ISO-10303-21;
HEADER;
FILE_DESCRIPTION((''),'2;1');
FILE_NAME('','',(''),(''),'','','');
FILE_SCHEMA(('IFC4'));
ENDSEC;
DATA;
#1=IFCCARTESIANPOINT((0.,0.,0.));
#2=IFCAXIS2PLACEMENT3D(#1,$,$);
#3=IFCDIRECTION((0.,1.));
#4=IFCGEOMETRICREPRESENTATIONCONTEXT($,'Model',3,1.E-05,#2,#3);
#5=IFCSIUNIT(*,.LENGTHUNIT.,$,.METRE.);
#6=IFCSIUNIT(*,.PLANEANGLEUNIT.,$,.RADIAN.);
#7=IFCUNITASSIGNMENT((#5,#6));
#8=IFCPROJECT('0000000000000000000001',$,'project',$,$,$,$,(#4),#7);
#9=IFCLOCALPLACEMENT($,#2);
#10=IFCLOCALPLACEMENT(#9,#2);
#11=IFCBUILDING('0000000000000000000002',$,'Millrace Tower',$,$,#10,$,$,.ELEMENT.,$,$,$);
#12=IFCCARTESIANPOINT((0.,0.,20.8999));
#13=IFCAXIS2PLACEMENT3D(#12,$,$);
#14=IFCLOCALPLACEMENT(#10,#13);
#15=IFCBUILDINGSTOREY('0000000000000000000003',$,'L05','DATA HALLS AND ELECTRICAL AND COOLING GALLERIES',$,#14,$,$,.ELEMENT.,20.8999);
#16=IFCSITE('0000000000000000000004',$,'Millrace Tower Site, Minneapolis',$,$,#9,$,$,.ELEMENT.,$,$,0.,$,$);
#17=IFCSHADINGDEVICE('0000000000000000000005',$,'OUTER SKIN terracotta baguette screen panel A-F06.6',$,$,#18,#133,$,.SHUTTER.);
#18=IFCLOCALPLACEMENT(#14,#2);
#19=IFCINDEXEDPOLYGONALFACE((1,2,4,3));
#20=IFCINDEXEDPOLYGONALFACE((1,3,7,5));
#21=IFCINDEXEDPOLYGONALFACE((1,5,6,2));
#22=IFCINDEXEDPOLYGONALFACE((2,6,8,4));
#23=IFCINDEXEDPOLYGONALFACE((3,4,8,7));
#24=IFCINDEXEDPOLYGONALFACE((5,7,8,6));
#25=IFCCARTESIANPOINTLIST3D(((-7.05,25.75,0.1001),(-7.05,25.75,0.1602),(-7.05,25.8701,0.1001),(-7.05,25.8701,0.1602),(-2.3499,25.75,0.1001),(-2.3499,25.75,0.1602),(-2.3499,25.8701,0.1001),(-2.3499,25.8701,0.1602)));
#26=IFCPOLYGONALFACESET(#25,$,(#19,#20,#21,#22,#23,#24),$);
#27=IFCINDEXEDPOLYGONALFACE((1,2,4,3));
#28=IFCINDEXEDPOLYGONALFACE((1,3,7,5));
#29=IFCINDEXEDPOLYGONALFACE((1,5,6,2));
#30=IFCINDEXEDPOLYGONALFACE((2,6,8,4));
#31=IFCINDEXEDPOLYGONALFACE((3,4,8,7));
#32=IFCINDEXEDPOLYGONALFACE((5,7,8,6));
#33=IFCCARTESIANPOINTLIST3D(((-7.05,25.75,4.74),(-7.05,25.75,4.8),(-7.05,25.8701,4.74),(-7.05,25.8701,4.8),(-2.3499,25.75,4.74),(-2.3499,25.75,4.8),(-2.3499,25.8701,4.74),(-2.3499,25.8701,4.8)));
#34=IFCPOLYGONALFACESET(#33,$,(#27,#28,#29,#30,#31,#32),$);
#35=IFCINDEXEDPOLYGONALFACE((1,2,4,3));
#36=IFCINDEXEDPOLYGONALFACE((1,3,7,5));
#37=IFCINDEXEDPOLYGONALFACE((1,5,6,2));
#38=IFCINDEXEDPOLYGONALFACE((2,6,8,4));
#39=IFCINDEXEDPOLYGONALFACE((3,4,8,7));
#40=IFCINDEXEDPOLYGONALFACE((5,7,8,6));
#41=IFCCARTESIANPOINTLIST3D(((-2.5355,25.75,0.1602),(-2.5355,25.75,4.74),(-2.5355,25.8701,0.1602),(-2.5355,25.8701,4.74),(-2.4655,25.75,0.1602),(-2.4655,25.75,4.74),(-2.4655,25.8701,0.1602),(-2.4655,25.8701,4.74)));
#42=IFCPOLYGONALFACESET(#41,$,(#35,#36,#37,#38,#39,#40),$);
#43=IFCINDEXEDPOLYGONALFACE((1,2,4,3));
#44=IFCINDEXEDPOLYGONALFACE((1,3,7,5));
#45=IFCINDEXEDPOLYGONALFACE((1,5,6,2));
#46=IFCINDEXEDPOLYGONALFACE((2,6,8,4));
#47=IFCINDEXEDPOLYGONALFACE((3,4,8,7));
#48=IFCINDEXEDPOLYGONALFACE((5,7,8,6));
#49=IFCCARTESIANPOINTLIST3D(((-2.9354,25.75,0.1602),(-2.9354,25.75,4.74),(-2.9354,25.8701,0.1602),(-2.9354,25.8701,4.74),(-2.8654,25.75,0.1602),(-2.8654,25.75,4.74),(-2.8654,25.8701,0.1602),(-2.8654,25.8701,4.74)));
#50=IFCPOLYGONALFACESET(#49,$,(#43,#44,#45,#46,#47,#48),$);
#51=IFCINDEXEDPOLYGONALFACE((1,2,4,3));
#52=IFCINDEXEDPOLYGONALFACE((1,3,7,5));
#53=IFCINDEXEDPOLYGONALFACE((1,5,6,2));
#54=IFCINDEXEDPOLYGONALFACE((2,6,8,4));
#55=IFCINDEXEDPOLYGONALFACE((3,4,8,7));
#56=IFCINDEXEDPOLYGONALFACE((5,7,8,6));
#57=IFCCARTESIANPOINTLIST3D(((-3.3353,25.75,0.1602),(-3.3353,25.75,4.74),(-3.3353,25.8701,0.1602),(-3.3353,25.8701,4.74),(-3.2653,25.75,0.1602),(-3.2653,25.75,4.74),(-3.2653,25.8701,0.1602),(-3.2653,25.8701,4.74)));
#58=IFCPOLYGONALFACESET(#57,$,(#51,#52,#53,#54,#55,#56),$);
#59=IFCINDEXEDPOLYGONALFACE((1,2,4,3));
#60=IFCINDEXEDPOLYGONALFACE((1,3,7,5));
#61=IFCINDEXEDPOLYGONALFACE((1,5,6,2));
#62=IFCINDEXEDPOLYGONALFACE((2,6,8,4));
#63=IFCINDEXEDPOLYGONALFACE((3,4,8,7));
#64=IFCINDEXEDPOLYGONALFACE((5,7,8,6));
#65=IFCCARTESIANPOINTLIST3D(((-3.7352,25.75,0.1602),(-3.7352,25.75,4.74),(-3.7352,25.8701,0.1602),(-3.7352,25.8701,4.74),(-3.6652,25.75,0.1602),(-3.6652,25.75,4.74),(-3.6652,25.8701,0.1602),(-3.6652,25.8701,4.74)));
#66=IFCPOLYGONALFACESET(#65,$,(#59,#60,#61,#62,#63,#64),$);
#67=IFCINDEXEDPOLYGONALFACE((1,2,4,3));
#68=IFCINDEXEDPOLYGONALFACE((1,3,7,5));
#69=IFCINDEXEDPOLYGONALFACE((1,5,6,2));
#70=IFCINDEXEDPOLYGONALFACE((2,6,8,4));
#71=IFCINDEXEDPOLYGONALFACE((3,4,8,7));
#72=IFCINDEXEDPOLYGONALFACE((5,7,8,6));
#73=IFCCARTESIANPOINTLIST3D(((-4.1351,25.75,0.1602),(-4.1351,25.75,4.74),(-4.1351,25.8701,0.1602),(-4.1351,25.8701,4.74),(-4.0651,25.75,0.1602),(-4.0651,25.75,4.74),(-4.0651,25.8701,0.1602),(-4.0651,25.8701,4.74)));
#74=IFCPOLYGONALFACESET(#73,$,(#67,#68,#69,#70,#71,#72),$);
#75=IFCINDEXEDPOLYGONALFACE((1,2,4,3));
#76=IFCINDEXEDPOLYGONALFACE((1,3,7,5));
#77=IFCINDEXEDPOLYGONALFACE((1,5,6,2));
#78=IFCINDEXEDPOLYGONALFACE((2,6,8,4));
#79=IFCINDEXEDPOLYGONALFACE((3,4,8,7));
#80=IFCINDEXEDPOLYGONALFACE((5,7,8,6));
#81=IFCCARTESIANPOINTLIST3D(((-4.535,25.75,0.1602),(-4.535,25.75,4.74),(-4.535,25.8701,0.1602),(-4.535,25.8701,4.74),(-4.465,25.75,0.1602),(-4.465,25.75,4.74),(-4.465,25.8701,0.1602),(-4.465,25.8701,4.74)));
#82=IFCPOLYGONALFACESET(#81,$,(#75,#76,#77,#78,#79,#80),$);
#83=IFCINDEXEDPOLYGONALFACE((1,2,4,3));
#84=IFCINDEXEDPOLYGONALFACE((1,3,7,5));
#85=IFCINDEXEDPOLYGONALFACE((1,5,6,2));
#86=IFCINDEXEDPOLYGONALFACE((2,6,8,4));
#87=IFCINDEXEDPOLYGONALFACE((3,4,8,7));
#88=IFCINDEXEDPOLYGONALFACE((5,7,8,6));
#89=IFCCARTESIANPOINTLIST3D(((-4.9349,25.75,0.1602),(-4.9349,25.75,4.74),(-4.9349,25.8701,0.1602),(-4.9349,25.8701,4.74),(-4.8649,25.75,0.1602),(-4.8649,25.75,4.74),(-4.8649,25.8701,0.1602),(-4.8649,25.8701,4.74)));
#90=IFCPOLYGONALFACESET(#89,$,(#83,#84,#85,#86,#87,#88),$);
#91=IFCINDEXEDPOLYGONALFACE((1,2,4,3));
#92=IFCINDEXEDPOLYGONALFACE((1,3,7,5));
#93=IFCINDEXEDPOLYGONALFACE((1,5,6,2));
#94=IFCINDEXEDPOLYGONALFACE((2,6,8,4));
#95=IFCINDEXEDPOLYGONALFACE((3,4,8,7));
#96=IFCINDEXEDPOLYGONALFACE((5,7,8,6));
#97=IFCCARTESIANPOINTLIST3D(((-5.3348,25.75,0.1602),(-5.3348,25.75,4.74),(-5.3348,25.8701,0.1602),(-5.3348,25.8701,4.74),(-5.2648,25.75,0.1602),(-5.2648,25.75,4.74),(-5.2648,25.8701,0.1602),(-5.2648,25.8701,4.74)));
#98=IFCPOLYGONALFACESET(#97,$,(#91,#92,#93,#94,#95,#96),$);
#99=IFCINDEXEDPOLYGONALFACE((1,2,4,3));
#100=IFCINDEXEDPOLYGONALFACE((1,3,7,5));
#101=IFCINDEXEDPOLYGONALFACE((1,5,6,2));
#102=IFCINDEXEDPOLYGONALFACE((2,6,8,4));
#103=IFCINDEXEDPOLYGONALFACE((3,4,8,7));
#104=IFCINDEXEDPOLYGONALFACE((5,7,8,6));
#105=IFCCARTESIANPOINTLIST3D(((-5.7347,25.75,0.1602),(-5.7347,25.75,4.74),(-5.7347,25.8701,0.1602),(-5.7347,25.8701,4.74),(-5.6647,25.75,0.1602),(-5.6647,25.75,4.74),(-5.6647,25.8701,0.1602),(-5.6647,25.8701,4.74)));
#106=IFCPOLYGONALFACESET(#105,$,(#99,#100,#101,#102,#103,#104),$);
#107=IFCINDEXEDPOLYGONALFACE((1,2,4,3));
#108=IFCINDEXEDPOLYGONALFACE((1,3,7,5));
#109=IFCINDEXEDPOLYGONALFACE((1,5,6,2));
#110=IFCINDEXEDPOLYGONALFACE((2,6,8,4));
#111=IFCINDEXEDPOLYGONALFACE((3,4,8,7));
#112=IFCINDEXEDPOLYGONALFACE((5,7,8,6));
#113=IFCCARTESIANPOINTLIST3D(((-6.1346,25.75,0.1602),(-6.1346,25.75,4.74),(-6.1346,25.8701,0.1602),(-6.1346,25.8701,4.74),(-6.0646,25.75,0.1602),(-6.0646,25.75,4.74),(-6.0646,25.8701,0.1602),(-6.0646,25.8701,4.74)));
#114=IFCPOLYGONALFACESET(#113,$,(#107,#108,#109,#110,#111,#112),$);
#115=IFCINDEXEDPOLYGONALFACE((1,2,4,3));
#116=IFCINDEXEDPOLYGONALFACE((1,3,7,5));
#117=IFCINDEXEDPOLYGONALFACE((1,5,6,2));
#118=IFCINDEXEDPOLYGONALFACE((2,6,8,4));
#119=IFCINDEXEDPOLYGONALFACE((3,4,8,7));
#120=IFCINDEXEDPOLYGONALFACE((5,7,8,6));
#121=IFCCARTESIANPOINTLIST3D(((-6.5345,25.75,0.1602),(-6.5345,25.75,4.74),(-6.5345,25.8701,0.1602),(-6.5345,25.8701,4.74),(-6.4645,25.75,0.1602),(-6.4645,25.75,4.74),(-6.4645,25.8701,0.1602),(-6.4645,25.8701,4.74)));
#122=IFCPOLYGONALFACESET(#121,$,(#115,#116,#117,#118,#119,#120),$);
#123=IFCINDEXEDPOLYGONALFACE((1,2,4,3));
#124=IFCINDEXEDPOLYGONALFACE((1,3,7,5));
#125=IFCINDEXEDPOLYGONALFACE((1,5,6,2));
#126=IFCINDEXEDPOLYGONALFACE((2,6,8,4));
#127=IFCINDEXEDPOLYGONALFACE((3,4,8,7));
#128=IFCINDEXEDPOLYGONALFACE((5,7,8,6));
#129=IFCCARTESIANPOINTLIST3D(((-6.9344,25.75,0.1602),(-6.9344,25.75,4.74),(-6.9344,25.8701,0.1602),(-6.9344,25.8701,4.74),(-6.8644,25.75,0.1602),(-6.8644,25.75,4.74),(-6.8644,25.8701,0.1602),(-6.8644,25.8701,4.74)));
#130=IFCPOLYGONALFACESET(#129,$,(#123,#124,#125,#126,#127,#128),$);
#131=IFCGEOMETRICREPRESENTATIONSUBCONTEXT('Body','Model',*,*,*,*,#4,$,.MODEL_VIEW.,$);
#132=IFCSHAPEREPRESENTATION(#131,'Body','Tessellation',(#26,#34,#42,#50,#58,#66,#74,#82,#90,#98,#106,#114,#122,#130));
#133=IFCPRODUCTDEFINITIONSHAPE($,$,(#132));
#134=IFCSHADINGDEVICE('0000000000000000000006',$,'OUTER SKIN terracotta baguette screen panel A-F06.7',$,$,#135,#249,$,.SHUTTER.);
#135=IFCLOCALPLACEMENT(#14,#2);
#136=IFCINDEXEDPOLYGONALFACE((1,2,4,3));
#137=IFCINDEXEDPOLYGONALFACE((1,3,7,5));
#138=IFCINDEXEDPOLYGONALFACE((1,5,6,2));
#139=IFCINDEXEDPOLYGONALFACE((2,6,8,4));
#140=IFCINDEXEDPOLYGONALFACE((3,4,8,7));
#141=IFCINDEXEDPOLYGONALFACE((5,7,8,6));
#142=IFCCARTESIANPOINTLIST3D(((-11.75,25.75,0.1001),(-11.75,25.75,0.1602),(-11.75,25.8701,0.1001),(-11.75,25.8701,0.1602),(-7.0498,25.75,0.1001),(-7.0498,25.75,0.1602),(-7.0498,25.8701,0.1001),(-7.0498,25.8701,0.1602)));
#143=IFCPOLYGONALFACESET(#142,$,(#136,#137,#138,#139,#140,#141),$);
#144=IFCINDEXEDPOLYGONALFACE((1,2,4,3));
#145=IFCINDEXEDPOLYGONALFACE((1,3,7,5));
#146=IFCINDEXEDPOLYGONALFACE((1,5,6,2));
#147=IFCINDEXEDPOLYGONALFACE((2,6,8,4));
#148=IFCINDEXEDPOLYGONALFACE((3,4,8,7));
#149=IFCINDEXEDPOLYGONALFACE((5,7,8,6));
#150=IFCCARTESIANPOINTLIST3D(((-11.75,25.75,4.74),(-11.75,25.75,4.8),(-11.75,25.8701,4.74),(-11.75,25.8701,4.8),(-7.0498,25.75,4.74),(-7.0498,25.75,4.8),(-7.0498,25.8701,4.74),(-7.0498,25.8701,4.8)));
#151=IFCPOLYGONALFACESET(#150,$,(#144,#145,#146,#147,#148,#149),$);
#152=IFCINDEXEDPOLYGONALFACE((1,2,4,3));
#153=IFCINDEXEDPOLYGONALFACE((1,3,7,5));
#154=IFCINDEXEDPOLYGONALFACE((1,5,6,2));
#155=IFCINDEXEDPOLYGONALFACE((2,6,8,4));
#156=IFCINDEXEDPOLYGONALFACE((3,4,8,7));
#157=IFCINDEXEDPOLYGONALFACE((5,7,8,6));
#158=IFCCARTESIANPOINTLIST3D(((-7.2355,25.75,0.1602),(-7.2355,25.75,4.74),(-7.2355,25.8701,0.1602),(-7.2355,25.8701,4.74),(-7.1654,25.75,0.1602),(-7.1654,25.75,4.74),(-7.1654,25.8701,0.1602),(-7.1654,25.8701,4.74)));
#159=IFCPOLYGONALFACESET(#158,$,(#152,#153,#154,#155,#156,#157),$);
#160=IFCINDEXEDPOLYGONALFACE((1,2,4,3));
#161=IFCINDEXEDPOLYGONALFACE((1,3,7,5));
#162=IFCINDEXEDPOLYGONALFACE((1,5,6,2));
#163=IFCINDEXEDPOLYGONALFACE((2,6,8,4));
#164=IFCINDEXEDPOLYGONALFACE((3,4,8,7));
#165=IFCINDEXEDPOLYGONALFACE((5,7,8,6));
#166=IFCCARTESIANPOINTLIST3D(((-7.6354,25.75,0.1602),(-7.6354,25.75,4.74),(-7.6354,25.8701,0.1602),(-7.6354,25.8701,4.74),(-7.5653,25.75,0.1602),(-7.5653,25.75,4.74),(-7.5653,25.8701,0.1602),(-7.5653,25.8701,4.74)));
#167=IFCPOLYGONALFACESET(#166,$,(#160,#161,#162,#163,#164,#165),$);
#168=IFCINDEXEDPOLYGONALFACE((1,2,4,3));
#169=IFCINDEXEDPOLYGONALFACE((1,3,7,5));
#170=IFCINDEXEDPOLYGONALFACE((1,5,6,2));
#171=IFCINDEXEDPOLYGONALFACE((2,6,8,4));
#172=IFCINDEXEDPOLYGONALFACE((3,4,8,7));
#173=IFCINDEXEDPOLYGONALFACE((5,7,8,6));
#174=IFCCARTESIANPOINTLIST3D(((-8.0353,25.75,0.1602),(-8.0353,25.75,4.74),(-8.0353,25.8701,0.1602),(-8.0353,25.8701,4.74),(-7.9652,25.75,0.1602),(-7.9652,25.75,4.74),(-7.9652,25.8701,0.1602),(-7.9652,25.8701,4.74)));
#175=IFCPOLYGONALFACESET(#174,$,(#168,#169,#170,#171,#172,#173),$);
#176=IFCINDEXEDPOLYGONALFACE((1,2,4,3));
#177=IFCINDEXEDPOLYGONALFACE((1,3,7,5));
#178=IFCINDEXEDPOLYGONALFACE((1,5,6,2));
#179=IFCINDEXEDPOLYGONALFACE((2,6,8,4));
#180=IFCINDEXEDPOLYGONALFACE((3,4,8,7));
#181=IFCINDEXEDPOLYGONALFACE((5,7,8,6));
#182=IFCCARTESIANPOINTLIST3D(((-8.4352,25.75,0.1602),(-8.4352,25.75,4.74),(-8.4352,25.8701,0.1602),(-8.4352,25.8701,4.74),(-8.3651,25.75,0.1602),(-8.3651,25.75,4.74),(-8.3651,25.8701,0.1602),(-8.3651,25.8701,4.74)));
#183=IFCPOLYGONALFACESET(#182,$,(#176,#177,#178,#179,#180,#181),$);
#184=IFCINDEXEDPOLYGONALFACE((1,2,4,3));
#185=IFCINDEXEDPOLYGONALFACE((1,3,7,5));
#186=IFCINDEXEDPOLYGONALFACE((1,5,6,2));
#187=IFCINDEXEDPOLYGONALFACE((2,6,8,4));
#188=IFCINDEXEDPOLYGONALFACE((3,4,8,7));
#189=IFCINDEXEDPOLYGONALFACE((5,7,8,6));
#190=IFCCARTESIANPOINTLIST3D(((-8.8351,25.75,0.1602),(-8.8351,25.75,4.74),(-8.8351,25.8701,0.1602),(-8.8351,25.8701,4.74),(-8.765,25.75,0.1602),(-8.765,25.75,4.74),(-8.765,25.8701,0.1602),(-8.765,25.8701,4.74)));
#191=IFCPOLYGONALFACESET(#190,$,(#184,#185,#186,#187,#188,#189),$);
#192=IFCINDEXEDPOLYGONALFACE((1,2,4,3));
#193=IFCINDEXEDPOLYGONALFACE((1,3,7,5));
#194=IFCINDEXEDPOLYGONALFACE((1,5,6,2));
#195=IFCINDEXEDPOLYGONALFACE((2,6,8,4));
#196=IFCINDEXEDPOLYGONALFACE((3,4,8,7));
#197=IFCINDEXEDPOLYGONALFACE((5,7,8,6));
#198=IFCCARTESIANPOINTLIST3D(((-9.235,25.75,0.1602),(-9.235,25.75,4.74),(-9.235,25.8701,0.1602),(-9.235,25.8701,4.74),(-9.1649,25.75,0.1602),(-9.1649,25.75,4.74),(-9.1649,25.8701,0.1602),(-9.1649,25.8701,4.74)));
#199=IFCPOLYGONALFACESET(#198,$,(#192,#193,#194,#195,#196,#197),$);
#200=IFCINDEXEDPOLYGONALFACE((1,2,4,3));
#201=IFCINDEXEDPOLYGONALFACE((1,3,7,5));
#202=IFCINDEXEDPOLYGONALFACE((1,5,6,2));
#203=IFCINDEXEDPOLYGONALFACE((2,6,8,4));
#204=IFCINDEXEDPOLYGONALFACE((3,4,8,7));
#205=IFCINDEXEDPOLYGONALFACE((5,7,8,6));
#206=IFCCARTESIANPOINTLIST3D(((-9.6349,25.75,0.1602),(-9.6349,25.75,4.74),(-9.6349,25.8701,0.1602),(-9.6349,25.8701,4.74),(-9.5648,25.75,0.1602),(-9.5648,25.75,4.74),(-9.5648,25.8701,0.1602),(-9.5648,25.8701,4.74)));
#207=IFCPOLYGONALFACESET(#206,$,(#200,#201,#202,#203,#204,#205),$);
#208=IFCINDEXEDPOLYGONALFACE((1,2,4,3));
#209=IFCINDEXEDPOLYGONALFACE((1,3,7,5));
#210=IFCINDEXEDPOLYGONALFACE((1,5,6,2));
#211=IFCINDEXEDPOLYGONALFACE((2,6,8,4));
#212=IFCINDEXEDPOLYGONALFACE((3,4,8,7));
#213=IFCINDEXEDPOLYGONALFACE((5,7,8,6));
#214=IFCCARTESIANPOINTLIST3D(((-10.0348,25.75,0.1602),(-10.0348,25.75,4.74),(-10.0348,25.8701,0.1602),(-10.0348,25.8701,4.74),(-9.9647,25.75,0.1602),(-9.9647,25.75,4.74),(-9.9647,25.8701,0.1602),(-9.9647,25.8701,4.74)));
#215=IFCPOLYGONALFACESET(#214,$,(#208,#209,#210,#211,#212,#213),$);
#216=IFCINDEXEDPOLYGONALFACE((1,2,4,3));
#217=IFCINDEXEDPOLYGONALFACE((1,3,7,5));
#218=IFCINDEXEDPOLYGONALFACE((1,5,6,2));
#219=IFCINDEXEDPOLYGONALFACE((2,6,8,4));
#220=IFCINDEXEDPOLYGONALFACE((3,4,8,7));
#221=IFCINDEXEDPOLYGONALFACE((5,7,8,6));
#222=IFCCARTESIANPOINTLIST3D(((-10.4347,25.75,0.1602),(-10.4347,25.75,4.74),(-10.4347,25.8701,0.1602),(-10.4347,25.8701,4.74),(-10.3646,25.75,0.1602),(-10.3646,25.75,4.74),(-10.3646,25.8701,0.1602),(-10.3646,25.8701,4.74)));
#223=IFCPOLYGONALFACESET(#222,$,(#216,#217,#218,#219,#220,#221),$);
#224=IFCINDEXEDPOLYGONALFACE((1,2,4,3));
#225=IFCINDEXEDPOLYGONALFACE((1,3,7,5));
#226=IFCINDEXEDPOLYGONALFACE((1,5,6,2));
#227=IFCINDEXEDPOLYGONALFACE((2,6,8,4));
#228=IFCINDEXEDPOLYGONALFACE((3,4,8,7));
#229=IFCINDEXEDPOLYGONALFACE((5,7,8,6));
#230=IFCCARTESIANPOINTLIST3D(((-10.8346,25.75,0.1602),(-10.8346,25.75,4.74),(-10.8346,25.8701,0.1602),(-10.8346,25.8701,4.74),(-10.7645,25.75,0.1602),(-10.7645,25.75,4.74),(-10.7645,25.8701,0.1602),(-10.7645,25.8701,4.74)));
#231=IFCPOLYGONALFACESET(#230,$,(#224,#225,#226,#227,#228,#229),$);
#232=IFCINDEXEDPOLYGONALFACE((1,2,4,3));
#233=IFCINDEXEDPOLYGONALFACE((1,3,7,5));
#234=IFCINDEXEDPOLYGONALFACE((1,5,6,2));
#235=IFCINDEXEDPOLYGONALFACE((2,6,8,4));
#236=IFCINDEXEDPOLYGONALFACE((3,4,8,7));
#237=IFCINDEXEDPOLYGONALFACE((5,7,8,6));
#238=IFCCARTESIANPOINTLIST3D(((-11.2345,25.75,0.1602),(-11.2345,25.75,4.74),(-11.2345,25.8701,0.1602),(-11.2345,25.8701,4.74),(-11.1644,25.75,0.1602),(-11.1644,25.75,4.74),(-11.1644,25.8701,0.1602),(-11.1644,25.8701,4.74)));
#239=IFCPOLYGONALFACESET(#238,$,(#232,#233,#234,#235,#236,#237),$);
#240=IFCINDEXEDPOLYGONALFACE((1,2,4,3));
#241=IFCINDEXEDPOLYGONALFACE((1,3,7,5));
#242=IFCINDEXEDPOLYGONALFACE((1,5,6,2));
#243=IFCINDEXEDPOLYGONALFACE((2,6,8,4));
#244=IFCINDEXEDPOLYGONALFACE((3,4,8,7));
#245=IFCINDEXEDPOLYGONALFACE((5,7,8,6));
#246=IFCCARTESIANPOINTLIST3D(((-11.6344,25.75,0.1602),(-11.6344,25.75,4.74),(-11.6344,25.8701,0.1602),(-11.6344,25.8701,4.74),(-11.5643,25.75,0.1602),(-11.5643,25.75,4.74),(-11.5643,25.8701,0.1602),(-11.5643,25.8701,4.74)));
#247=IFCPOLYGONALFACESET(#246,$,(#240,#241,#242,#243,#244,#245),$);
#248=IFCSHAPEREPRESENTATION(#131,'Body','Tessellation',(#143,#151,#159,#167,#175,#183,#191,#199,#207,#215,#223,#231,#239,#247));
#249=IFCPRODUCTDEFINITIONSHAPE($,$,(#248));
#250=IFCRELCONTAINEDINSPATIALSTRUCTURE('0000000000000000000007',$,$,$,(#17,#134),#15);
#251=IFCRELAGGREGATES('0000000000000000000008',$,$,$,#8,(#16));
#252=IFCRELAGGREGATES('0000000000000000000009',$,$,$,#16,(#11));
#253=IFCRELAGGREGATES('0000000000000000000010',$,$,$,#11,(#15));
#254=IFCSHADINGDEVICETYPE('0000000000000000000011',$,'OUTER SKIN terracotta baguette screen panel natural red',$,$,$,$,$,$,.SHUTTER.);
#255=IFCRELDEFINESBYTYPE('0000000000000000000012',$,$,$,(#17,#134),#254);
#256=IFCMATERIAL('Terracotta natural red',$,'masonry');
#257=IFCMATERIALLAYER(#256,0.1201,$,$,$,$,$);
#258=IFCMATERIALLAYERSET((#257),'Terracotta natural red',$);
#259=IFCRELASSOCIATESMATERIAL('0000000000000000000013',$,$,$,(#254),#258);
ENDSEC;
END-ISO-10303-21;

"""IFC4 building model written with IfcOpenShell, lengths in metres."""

from ifc_helpers import new_model, entity, si_unit, direction, frame, frame_2d, origin, place, context, subcontext, project, spatial, rectangle, extrude, source, transform, mapped, material, layer, layer_set, type_object, element, save


model = new_model("IFC4")

# Units and contexts
model_context = context("Model", 3, precision=1e-05, world=origin(), true_north=direction((0.0, 1.0)))
body_context = subcontext(model_context, "Body", "Model", "MODEL_VIEW")
ifc_project = project(units=[si_unit("LENGTHUNIT", "METRE"), si_unit("PLANEANGLEUNIT", "RADIAN")], contexts=[model_context])

# Site, building, storey
site_placement = place(None, origin())
site = spatial("IfcSite", under=ifc_project, at=site_placement, Name="Millrace Tower Site, Minneapolis", CompositionType="ELEMENT", RefElevation=0.0)
building_placement = place(site_placement, origin())
building = spatial("IfcBuilding", under=site, at=building_placement, Name="Millrace Tower", CompositionType="ELEMENT")
storey_placement = place(building_placement, frame((0.0, 0.0, 20.8999)))
storey = spatial("IfcBuildingStorey", under=building, at=storey_placement, Name="L05", Description="DATA HALLS AND ELECTRICAL AND COOLING GALLERIES", CompositionType="ELEMENT", Elevation=20.8999)

# Shading devices
ifc_material_1 = material(Name="Terracotta natural red", Category="masonry")
ifc_layer_1 = layer(ifc_material_1, 0.1201)
ifc_layer_set_1 = layer_set([ifc_layer_1], Name="Terracotta natural red")
shading_device_type = type_object("IfcShadingDeviceType", Name="OUTER SKIN terracotta baguette screen panel natural red", PredefinedType="SHUTTER", material=ifc_layer_set_1)
cartesian_point = entity("IfcCartesianPoint", [-2.3501, 0.0601])
shared_polyline = entity("IfcPolyline", [cartesian_point, entity("IfcCartesianPoint", [2.3501, 0.0601]), entity("IfcCartesianPoint", [2.3501, -0.0601]), entity("IfcCartesianPoint", [-2.3501, -0.0601]), cartesian_point])
shared_shape = source(origin(), body_context, "Body", "SweptSolid", [
    entity("IfcExtrudedAreaSolid", entity("IfcArbitraryClosedProfileDef", "AREA", None, shared_polyline), entity("IfcAxis2Placement3D", entity("IfcCartesianPoint", [0.0, 0.0, 0.0])), entity("IfcDirection", [0.0, 0.0, 1.0]), 0.0601),
    entity("IfcExtrudedAreaSolid", entity("IfcArbitraryClosedProfileDef", "AREA", None, shared_polyline), entity("IfcAxis2Placement3D", entity("IfcCartesianPoint", [0.0, 0.0, 4.6399])), entity("IfcDirection", [0.0, 0.0, 1.0]), 0.0601),
    extrude(rectangle(XDim=0.0701, YDim=0.1201, at=frame_2d((-2.1995, 0.0))), frame((0.0, 0.0, 0.0601)), (0.0, 0.0, 1.0), 4.5798),
    extrude(rectangle(XDim=0.0701, YDim=0.1201, at=frame_2d((-1.7996, 0.0))), frame((0.0, 0.0, 0.0601)), (0.0, 0.0, 1.0), 4.5798),
    extrude(rectangle(XDim=0.0701, YDim=0.1201, at=frame_2d((-1.3997, 0.0))), frame((0.0, 0.0, 0.0601)), (0.0, 0.0, 1.0), 4.5798),
    extrude(rectangle(XDim=0.0701, YDim=0.1201, at=frame_2d((-0.9998, 0.0))), frame((0.0, 0.0, 0.0601)), (0.0, 0.0, 1.0), 4.5798),
    extrude(rectangle(XDim=0.0701, YDim=0.1201, at=frame_2d((-0.5999, 0.0))), frame((0.0, 0.0, 0.0601)), (0.0, 0.0, 1.0), 4.5798),
    extrude(rectangle(XDim=0.0701, YDim=0.1201, at=frame_2d((-0.2, 0.0))), frame((0.0, 0.0, 0.0601)), (0.0, 0.0, 1.0), 4.5798),
    extrude(rectangle(XDim=0.0701, YDim=0.1201, at=frame_2d((0.2, 0.0))), frame((0.0, 0.0, 0.0601)), (0.0, 0.0, 1.0), 4.5798),
    extrude(rectangle(XDim=0.0701, YDim=0.1201, at=frame_2d((0.5999, 0.0))), frame((0.0, 0.0, 0.0601)), (0.0, 0.0, 1.0), 4.5798),
    extrude(rectangle(XDim=0.0701, YDim=0.1201, at=frame_2d((0.9998, 0.0))), frame((0.0, 0.0, 0.0601)), (0.0, 0.0, 1.0), 4.5798),
    extrude(rectangle(XDim=0.0701, YDim=0.1201, at=frame_2d((1.3997, 0.0))), frame((0.0, 0.0, 0.0601)), (0.0, 0.0, 1.0), 4.5798),
    extrude(rectangle(XDim=0.0701, YDim=0.1201, at=frame_2d((1.7996, 0.0))), frame((0.0, 0.0, 0.0601)), (0.0, 0.0, 1.0), 4.5798),
    extrude(rectangle(XDim=0.0701, YDim=0.1201, at=frame_2d((2.1995, 0.0))), frame((0.0, 0.0, 0.0601)), (0.0, 0.0, 1.0), 4.5798),
])
for number, where, z_axis, x_axis, name in (
    (1, (-4.7, 25.8101, 0.1001), (0.0, 0.0, 1.0), (-1.0, 0.0, 0.0), "OUTER SKIN terracotta baguette screen panel A-F06.6"),
    (2, (-9.3999, 25.8101, 0.1001), (0.0, 0.0, 1.0), (-1.0, 0.0, 0.0), "OUTER SKIN terracotta baguette screen panel A-F06.7"),
):
    element("IfcShadingDevice", number, at=place(storey_placement, frame(where, z_axis=z_axis, x_axis=x_axis)), inside=storey, type_object=shading_device_type, Name=name, PredefinedType="SHUTTER", context=body_context, shape_type="MappedRepresentation", body=[
        mapped(shared_shape, transform((0.0, 0.0, 0.0), scale=1.0)),
    ])

save(model, "model.ifc")
